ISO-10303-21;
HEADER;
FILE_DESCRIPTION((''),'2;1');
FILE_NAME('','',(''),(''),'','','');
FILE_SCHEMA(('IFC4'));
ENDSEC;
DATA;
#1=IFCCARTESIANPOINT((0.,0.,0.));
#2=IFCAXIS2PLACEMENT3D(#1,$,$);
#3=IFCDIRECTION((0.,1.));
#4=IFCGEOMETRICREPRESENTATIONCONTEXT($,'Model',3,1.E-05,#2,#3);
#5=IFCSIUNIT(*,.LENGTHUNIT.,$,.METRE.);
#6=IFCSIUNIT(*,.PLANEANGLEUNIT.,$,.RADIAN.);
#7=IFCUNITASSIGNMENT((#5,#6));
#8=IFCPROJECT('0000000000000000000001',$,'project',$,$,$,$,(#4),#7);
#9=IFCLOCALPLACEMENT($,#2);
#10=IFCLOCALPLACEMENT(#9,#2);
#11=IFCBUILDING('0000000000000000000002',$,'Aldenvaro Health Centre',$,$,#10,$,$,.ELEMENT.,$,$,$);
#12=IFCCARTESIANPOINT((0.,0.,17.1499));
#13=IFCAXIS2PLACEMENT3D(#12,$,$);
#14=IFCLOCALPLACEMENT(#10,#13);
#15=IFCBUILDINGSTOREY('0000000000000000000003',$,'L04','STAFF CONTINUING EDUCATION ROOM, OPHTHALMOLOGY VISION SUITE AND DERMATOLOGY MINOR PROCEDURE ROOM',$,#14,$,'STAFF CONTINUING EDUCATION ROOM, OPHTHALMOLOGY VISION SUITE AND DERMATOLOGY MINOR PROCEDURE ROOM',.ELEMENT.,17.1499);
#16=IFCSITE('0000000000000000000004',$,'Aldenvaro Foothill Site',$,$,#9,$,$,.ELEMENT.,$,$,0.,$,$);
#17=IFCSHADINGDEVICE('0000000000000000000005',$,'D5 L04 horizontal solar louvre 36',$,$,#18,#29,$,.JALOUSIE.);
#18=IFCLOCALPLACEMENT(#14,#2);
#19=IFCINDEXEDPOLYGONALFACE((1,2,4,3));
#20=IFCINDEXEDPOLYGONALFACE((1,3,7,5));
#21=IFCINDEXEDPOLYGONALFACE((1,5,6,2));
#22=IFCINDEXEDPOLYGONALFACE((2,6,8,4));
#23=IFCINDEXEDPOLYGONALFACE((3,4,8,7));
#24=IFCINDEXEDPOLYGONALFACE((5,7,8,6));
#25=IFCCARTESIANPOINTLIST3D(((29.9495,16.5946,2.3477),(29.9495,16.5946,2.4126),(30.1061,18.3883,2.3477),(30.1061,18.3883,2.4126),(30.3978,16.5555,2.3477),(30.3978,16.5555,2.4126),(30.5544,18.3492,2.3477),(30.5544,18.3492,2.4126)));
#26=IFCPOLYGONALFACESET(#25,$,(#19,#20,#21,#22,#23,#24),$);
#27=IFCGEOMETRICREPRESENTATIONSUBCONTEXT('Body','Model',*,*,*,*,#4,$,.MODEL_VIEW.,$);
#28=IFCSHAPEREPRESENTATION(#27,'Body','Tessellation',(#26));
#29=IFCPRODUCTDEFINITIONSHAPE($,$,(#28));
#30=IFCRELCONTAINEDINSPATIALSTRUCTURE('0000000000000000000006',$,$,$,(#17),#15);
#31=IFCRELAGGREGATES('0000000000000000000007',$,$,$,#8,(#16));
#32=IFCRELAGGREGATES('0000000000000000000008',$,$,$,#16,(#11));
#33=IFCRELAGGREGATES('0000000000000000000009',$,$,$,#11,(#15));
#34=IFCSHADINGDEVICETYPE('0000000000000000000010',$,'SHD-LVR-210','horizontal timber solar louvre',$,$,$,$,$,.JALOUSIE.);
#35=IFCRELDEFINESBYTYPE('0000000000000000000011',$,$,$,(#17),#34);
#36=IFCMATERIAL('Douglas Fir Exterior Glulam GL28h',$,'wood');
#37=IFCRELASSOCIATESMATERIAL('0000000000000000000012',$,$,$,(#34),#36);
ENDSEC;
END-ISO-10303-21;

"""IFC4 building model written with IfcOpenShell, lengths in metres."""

from ifc_helpers import new_model, si_unit, direction, frame, origin, origin_2d, place, context, subcontext, project, spatial, rectangle, extrude, material, type_object, element, save


model = new_model("IFC4")

# Units and contexts
model_context = context("Model", 3, precision=1e-05, world=origin(), true_north=direction((0.0, 1.0)))
body_context = subcontext(model_context, "Body", "Model", "MODEL_VIEW")
ifc_project = project(units=[si_unit("LENGTHUNIT", "METRE"), si_unit("PLANEANGLEUNIT", "RADIAN")], contexts=[model_context])

# Site, building, storey
site_placement = place(None, origin())
site = spatial("IfcSite", under=ifc_project, at=site_placement, Name="Aldenvaro Foothill Site", CompositionType="ELEMENT", RefElevation=0.0)
building_placement = place(site_placement, origin())
building = spatial("IfcBuilding", under=site, at=building_placement, Name="Aldenvaro Health Centre", CompositionType="ELEMENT")
storey_placement = place(building_placement, frame((0.0, 0.0, 17.1499)))
storey = spatial("IfcBuildingStorey", under=building, at=storey_placement, Name="L04", Description="STAFF CONTINUING EDUCATION ROOM, OPHTHALMOLOGY VISION SUITE AND DERMATOLOGY MINOR PROCEDURE ROOM", LongName="STAFF CONTINUING EDUCATION ROOM, OPHTHALMOLOGY VISION SUITE AND DERMATOLOGY MINOR PROCEDURE ROOM", CompositionType="ELEMENT", Elevation=17.1499)

# Shading device
ifc_material_1 = material(Name="Douglas Fir Exterior Glulam GL28h", Category="wood")
shading_device_type_1 = type_object("IfcShadingDeviceType", Name="SHD-LVR-210", Description="horizontal timber solar louvre", PredefinedType="JALOUSIE", material=ifc_material_1)
shading_device_1_placement = place(storey_placement, frame((30.252, 17.4719, 2.3477), z_axis=(0.0, 0.0, 1.0), x_axis=(-0.086975, -0.996211, 0.0)))
element("IfcShadingDevice", 1, at=shading_device_1_placement, inside=storey, type_object=shading_device_type_1, Name="D5 L04 horizontal solar louvre 36", PredefinedType="JALOUSIE", context=body_context, shape_type="SweptSolid", body=[
    extrude(rectangle(XDim=1.8005, YDim=0.45, at=origin_2d()), origin(), (0.0, 0.0, 1.0), 0.0649),
])

save(model, "model.ifc")
